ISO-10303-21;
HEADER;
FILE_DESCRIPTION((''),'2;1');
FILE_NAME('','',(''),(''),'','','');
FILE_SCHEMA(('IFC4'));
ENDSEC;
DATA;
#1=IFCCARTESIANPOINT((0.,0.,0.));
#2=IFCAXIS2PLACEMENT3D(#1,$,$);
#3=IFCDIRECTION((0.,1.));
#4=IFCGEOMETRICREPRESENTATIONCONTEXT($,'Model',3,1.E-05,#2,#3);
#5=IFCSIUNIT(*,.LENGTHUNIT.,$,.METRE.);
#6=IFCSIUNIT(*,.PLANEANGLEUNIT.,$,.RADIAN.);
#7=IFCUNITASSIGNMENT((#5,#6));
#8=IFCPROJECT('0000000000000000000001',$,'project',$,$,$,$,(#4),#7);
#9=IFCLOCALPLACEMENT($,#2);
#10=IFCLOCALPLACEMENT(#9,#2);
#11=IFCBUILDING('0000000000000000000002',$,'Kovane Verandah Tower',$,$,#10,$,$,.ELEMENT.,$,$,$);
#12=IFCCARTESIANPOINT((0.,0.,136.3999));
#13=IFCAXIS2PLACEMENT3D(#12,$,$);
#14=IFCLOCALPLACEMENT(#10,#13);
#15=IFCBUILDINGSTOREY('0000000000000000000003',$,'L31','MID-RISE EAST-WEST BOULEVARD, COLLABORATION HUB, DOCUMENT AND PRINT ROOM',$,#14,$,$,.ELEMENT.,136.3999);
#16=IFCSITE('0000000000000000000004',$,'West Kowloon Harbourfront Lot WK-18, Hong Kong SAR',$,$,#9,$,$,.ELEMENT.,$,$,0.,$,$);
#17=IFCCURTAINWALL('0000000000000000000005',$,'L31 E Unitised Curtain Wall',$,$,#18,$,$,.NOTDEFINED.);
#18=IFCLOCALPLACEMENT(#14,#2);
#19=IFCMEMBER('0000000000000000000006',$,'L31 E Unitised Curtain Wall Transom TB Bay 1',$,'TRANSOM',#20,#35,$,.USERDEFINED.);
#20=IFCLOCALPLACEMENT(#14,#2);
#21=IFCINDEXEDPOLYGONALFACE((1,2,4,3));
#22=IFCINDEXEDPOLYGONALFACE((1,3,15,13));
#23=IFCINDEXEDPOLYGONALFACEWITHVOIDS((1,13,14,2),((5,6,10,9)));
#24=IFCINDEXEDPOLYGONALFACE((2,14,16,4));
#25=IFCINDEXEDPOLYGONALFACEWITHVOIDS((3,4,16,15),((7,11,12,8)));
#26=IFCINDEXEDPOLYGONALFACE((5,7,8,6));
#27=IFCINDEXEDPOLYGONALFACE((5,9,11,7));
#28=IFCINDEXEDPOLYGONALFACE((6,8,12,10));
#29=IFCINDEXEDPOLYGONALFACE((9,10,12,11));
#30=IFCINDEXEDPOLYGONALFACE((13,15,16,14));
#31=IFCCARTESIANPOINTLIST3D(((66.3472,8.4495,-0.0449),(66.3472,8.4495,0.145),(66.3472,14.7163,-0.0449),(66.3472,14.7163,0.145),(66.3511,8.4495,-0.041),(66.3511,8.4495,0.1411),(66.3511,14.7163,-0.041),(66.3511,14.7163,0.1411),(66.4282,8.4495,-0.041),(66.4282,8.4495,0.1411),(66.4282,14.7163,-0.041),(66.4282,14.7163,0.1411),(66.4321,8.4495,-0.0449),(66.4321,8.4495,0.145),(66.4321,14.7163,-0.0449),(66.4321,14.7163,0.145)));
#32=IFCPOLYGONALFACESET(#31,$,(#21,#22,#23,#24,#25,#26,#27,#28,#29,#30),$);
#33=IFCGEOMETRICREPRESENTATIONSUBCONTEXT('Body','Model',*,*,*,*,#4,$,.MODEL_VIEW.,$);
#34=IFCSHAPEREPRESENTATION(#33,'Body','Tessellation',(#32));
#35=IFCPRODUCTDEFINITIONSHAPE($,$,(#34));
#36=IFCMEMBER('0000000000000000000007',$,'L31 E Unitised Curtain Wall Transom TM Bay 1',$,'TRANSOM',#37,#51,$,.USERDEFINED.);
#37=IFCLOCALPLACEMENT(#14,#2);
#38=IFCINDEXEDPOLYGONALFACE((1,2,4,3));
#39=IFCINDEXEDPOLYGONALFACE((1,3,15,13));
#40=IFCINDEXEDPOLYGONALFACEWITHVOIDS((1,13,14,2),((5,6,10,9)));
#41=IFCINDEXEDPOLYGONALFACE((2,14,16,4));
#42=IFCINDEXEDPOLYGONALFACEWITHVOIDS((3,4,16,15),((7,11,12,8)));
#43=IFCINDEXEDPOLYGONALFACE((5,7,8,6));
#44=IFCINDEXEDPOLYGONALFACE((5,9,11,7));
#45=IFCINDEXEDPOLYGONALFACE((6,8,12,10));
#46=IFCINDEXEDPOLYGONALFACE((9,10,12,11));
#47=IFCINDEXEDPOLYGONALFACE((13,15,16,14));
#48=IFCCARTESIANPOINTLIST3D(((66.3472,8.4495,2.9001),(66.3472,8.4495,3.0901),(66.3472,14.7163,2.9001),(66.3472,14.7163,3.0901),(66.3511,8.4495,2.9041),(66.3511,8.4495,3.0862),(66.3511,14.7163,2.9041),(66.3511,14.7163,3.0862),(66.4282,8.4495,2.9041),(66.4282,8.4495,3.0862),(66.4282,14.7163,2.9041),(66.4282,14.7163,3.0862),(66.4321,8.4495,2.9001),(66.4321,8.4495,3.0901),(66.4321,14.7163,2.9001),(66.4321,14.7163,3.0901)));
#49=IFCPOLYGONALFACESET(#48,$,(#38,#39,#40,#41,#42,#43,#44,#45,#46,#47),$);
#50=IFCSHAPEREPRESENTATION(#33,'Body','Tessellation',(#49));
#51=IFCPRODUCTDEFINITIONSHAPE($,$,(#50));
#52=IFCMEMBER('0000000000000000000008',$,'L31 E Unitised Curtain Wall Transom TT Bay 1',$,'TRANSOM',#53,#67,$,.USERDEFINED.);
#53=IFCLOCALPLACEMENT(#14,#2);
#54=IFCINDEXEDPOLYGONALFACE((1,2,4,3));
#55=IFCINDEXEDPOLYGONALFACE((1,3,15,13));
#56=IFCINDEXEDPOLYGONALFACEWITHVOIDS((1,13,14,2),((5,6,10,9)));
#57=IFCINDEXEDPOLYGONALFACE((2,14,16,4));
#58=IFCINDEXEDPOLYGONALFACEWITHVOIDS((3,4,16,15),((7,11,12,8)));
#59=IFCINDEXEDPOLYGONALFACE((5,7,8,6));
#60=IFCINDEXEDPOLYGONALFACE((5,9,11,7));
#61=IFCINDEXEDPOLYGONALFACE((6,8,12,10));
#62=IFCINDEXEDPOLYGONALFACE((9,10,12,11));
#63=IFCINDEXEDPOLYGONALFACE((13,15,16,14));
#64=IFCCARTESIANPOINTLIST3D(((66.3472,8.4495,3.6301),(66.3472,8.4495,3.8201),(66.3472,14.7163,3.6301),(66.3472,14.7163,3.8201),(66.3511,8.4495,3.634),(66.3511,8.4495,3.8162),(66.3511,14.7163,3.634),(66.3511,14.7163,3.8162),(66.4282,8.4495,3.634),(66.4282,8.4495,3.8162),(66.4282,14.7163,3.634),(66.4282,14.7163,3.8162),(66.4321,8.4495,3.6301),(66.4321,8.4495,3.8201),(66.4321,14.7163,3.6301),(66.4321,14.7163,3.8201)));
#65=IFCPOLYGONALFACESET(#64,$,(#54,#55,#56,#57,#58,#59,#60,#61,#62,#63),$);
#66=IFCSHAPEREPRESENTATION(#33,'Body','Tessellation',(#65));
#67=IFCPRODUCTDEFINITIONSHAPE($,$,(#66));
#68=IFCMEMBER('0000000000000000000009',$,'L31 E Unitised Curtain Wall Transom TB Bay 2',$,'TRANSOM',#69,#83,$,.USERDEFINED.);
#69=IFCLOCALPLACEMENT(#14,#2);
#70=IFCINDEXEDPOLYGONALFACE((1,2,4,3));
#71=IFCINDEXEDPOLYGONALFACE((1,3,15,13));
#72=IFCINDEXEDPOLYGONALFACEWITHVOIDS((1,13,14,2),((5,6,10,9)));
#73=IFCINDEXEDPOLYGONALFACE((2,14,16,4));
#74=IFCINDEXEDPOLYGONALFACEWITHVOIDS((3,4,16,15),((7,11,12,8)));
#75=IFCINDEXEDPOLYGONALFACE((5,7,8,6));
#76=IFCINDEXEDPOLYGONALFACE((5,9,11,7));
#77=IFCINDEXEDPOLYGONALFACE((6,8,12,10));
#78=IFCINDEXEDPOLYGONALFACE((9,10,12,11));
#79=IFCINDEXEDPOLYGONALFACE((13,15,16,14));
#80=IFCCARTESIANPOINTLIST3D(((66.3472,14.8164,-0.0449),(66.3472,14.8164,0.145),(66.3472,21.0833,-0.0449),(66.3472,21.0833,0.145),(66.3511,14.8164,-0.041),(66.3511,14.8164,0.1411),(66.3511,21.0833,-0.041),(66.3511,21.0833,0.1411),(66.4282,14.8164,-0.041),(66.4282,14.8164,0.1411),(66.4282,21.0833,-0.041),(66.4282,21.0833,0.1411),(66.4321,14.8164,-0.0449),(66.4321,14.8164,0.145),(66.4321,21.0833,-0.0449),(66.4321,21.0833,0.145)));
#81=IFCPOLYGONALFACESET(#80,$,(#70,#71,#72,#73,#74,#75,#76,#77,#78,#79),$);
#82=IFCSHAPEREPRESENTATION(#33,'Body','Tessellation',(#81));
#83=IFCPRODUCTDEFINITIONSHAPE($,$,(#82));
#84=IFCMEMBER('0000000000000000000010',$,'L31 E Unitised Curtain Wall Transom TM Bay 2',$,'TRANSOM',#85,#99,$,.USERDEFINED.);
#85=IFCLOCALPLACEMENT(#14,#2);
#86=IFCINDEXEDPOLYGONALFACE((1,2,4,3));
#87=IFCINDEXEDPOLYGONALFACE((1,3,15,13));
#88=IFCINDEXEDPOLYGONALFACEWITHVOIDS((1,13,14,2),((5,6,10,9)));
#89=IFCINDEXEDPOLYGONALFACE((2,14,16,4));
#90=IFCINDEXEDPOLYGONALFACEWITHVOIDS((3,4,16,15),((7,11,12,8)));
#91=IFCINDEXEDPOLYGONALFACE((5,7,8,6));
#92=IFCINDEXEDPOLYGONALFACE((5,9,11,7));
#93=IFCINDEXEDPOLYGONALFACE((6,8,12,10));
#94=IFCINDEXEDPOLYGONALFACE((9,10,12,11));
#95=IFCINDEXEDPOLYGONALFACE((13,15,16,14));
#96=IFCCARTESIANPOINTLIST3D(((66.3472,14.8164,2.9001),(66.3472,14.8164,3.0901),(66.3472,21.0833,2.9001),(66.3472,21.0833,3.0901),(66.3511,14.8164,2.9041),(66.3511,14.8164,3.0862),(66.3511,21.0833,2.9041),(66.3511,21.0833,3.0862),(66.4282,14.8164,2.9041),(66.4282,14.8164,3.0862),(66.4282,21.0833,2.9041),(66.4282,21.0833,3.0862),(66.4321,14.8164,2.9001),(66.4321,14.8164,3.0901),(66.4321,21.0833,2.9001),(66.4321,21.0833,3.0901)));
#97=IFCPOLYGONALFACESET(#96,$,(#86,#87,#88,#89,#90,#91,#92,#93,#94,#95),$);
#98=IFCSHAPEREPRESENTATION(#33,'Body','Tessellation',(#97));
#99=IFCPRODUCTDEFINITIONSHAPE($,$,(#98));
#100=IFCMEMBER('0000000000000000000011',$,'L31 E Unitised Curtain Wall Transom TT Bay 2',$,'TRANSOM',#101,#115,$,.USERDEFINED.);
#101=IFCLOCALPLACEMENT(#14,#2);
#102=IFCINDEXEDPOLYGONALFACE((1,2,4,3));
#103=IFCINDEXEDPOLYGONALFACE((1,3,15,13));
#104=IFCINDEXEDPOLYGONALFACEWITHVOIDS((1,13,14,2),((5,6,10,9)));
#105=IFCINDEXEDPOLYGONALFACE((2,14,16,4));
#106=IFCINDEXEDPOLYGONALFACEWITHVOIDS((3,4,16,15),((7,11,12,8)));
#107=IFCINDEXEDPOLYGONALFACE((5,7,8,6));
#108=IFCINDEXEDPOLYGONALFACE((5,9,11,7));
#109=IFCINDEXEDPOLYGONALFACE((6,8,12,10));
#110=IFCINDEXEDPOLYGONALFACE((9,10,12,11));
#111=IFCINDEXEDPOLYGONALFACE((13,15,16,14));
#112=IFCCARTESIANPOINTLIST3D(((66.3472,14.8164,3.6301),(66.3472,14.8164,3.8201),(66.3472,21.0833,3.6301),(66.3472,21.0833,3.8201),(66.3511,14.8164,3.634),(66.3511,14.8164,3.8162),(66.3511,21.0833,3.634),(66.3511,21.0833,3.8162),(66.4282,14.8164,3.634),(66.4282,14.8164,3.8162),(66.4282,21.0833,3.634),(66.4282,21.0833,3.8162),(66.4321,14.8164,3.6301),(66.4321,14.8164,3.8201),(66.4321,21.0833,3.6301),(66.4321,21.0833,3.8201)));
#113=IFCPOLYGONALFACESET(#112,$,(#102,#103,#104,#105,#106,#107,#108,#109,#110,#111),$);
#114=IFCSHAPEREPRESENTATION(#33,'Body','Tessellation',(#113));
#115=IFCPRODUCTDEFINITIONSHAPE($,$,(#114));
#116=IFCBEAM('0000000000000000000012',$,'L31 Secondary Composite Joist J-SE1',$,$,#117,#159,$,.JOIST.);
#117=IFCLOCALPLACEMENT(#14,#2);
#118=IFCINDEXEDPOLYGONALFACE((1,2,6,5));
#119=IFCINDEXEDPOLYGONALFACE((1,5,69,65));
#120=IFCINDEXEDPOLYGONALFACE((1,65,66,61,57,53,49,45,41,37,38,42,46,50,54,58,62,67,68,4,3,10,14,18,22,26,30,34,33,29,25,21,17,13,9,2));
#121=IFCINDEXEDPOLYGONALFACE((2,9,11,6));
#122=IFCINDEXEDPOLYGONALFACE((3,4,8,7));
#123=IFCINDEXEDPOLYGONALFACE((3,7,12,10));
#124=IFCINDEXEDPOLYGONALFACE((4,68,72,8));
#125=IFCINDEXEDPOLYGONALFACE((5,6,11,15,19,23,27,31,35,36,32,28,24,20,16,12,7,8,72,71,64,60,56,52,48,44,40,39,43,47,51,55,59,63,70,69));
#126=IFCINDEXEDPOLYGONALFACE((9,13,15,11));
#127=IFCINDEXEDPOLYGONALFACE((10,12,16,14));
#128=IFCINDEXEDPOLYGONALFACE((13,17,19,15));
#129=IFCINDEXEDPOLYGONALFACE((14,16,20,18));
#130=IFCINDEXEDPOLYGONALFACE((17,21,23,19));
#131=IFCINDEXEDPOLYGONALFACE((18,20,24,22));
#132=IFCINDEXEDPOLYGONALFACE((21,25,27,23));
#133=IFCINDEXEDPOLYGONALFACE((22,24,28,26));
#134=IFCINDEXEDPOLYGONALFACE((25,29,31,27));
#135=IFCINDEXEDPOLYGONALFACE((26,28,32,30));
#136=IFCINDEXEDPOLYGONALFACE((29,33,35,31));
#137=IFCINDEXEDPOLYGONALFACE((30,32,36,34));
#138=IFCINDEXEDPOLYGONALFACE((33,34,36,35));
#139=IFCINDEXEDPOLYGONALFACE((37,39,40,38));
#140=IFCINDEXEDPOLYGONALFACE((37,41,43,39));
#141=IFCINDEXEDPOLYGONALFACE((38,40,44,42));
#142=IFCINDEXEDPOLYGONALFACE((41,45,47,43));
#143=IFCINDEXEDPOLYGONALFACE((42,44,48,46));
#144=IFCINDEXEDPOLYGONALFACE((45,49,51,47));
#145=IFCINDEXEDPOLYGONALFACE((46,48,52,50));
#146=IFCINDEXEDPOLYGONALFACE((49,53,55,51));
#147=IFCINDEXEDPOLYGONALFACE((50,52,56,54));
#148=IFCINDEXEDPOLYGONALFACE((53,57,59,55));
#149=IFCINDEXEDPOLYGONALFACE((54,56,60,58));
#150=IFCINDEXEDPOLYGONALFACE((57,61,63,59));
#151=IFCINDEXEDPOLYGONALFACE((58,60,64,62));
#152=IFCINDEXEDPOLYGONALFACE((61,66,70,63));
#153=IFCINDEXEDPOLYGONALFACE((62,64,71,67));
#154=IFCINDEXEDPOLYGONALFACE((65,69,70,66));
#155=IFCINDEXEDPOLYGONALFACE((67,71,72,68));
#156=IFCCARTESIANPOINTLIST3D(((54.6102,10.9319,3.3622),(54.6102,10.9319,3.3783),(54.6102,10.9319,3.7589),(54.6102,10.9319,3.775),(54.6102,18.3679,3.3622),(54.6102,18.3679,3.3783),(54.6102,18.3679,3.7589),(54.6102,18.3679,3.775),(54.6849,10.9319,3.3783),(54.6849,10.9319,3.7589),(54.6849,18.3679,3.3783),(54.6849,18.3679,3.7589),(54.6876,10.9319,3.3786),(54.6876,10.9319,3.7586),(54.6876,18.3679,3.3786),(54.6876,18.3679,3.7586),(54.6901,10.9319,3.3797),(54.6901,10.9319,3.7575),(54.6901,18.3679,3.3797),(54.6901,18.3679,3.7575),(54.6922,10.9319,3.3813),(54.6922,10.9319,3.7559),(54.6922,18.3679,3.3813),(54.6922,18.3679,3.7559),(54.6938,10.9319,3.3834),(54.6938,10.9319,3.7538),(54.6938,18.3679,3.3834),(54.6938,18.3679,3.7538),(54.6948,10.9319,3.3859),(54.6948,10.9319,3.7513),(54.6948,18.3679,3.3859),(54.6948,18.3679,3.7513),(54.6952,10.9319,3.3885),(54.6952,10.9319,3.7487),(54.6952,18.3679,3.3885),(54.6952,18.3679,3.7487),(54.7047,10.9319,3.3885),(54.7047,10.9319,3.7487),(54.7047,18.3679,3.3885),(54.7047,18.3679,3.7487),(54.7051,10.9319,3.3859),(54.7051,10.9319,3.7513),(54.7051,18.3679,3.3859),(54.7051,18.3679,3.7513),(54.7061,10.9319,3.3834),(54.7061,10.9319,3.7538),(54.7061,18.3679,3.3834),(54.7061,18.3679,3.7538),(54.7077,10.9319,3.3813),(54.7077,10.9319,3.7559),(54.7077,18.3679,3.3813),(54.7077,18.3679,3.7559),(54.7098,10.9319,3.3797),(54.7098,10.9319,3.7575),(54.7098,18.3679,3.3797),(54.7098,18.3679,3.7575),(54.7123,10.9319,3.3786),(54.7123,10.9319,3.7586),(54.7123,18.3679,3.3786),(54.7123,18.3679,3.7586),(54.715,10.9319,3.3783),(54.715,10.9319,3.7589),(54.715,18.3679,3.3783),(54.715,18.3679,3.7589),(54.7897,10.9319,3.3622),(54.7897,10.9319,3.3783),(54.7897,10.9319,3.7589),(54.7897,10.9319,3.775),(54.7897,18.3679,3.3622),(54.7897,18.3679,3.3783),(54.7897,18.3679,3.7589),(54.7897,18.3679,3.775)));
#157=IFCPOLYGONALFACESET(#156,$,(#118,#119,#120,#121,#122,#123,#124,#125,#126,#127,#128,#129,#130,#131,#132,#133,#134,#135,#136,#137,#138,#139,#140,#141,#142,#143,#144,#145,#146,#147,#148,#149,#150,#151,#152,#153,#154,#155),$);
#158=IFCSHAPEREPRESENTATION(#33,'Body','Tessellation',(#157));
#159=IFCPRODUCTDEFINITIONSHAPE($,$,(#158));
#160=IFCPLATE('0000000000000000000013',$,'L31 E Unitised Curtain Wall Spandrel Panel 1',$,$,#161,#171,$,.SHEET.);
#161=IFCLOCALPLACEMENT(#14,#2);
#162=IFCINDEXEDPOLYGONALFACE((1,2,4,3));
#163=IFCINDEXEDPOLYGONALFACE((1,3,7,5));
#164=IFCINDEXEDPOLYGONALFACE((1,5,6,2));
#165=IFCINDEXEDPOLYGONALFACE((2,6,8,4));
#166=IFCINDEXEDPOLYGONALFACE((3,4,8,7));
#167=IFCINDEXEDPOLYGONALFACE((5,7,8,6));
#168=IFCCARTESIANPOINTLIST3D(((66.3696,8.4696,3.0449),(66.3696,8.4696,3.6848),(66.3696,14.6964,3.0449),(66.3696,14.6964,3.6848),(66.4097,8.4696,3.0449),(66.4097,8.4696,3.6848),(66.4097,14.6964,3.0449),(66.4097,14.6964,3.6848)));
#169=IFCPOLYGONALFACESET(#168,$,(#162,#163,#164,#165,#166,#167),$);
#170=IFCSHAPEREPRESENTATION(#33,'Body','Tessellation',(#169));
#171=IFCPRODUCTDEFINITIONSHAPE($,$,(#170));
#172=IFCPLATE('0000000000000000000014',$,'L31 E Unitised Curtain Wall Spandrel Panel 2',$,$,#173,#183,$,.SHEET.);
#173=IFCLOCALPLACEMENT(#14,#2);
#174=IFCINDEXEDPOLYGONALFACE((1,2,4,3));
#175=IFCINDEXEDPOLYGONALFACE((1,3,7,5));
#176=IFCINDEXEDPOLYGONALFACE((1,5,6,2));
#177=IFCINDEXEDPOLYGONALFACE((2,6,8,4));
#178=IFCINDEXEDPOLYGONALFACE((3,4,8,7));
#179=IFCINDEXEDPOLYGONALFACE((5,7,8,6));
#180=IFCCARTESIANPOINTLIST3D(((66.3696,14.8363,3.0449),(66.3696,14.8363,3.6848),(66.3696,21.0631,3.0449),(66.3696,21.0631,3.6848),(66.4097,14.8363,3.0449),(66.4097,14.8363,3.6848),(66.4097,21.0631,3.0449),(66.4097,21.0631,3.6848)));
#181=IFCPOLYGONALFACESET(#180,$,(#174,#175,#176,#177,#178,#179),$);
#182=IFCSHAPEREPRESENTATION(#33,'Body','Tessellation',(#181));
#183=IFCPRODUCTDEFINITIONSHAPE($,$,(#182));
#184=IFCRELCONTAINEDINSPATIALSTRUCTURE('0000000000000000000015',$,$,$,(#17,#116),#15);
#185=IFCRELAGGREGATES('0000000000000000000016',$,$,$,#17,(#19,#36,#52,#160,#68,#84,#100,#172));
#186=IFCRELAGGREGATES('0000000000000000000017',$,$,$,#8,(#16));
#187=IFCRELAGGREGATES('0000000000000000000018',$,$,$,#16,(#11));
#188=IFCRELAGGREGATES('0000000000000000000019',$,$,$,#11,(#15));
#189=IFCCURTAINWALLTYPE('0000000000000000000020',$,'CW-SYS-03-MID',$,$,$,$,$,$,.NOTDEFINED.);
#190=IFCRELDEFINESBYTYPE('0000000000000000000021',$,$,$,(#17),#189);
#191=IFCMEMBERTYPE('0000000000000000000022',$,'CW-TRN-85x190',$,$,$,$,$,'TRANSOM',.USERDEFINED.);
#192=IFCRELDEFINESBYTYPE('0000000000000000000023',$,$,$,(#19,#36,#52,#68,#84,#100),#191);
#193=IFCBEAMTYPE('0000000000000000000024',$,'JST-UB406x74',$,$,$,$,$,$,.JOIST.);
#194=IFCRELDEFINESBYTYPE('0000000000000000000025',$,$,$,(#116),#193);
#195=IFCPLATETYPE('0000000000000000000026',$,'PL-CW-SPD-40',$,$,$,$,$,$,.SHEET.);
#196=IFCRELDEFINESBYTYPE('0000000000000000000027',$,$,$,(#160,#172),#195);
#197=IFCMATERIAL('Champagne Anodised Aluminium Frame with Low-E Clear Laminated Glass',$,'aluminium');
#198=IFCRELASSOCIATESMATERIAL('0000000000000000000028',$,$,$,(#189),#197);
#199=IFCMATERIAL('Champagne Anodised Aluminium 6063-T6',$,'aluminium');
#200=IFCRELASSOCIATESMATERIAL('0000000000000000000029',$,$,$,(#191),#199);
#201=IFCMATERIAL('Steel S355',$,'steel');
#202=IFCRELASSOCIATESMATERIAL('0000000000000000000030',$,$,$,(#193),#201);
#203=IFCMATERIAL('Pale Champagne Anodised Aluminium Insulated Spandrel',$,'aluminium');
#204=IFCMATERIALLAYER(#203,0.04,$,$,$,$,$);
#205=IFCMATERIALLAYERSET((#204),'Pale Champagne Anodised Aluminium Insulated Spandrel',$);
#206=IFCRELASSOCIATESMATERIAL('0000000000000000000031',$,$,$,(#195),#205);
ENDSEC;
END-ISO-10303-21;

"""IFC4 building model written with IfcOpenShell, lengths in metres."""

from ifc_helpers import new_model, si_unit, direction, frame, origin, origin_2d, place, context, subcontext, project, spatial, rectangle, hollow_rectangle, i_section, extrude, material, layer, layer_set, material_profile, profile_set, type_object, element, aggregate, save


model = new_model("IFC4")

# Units and contexts
model_context = context("Model", 3, precision=1e-05, world=origin(), true_north=direction((0.0, 1.0)))
body_context = subcontext(model_context, "Body", "Model", "MODEL_VIEW")
ifc_project = project(units=[si_unit("LENGTHUNIT", "METRE"), si_unit("PLANEANGLEUNIT", "RADIAN")], contexts=[model_context])

# Site, building, storey
site_placement = place(None, origin())
site = spatial("IfcSite", under=ifc_project, at=site_placement, Name="West Kowloon Harbourfront Lot WK-18, Hong Kong SAR", CompositionType="ELEMENT", RefElevation=0.0)
building_placement = place(site_placement, origin())
building = spatial("IfcBuilding", under=site, at=building_placement, Name="Kovane Verandah Tower", CompositionType="ELEMENT")
storey_placement = place(building_placement, frame((0.0, 0.0, 136.3999)))
storey = spatial("IfcBuildingStorey", under=building, at=storey_placement, Name="L31", Description="MID-RISE EAST-WEST BOULEVARD, COLLABORATION HUB, DOCUMENT AND PRINT ROOM", CompositionType="ELEMENT", Elevation=136.3999)

# Shared definitions
ifc_material_1 = material(Name="Steel S355", Category="steel")

# Curtain wall, members
ifc_material_2 = material(Name="Champagne Anodised Aluminium Frame with Low-E Clear Laminated Glass", Category="aluminium")
curtain_wall_type = type_object("IfcCurtainWallType", Name="CW-SYS-03-MID", PredefinedType="NOTDEFINED", material=ifc_material_2)
curtain_wall_placement = place(storey_placement, origin())
curtain_wall = element("IfcCurtainWall", 1, at=curtain_wall_placement, inside=storey, type_object=curtain_wall_type, Name="L31 E Unitised Curtain Wall", PredefinedType="NOTDEFINED")
ifc_material_3 = material(Name="Champagne Anodised Aluminium 6063-T6", Category="aluminium")
ifc_material_profile_1 = material_profile(ifc_material_3, hollow_rectangle(XDim=0.085, YDim=0.1899, WallThickness=0.0039, at=origin_2d()), Name="AL85x190x4")
ifc_profile_set_1 = profile_set([ifc_material_profile_1], Name="Champagne Anodised Aluminium 6063-T6")
member_type_1 = type_object("IfcMemberType", Name="CW-TRN-85x190", ElementType="TRANSOM", PredefinedType="USERDEFINED", material=ifc_profile_set_1)
member_1_placement = place(storey_placement, frame((66.3896, 8.4495, 0.05), z_axis=(0.0, 1.0, 0.0), x_axis=(-1.0, 0.0, 0.0)))
member_1 = element("IfcMember", 2, at=member_1_placement, type_object=member_type_1, Name="L31 E Unitised Curtain Wall Transom TB Bay 1", ObjectType="TRANSOM", PredefinedType="USERDEFINED", context=body_context, shape_type="SweptSolid", body=[
    extrude(hollow_rectangle(XDim=0.085, YDim=0.1899, WallThickness=0.0039, at=origin_2d()), origin(), (0.0, 0.0, 1.0), 6.2668),
])
member_2_placement = place(storey_placement, frame((66.3896, 8.4495, 2.9951), z_axis=(0.0, 1.0, 0.0), x_axis=(-1.0, 0.0, 0.0)))
member_2 = element("IfcMember", 3, at=member_2_placement, type_object=member_type_1, Name="L31 E Unitised Curtain Wall Transom TM Bay 1", ObjectType="TRANSOM", PredefinedType="USERDEFINED", context=body_context, shape_type="SweptSolid", body=[
    extrude(hollow_rectangle(XDim=0.085, YDim=0.1899, WallThickness=0.0039, at=origin_2d()), origin(), (0.0, 0.0, 1.0), 6.2668),
])
member_3_placement = place(storey_placement, frame((66.3896, 8.4495, 3.7251), z_axis=(0.0, 1.0, 0.0), x_axis=(-1.0, 0.0, 0.0)))
member_3 = element("IfcMember", 4, at=member_3_placement, type_object=member_type_1, Name="L31 E Unitised Curtain Wall Transom TT Bay 1", ObjectType="TRANSOM", PredefinedType="USERDEFINED", context=body_context, shape_type="SweptSolid", body=[
    extrude(hollow_rectangle(XDim=0.085, YDim=0.1899, WallThickness=0.0039, at=origin_2d()), origin(), (0.0, 0.0, 1.0), 6.2668),
])
member_4_placement = place(storey_placement, frame((66.3896, 14.8164, 0.05), z_axis=(0.0, 1.0, 0.0), x_axis=(-1.0, 0.0, 0.0)))
member_4 = element("IfcMember", 5, at=member_4_placement, type_object=member_type_1, Name="L31 E Unitised Curtain Wall Transom TB Bay 2", ObjectType="TRANSOM", PredefinedType="USERDEFINED", context=body_context, shape_type="SweptSolid", body=[
    extrude(hollow_rectangle(XDim=0.085, YDim=0.1899, WallThickness=0.0039, at=origin_2d()), origin(), (0.0, 0.0, 1.0), 6.2668),
])
member_5_placement = place(storey_placement, frame((66.3896, 14.8164, 2.9951), z_axis=(0.0, 1.0, 0.0), x_axis=(-1.0, 0.0, 0.0)))
member_5 = element("IfcMember", 6, at=member_5_placement, type_object=member_type_1, Name="L31 E Unitised Curtain Wall Transom TM Bay 2", ObjectType="TRANSOM", PredefinedType="USERDEFINED", context=body_context, shape_type="SweptSolid", body=[
    extrude(hollow_rectangle(XDim=0.085, YDim=0.1899, WallThickness=0.0039, at=origin_2d()), origin(), (0.0, 0.0, 1.0), 6.2668),
])
member_6_placement = place(storey_placement, frame((66.3896, 14.8164, 3.7251), z_axis=(0.0, 1.0, 0.0), x_axis=(-1.0, 0.0, 0.0)))
member_6 = element("IfcMember", 7, at=member_6_placement, type_object=member_type_1, Name="L31 E Unitised Curtain Wall Transom TT Bay 2", ObjectType="TRANSOM", PredefinedType="USERDEFINED", context=body_context, shape_type="SweptSolid", body=[
    extrude(hollow_rectangle(XDim=0.085, YDim=0.1899, WallThickness=0.0039, at=origin_2d()), origin(), (0.0, 0.0, 1.0), 6.2668),
])

# Beam
ifc_material_profile_2 = material_profile(ifc_material_1, i_section(OverallWidth=0.1794, OverallDepth=0.4128, WebThickness=0.0095, FlangeThickness=0.0161, FilletRadius=0.0103, at=origin_2d()), Name="UB406x178x74")
ifc_profile_set_2 = profile_set([ifc_material_profile_2], Name="Steel S355")
beam_type_1 = type_object("IfcBeamType", Name="JST-UB406x74", PredefinedType="JOIST", material=ifc_profile_set_2)
beam_1_placement = place(storey_placement, frame((54.7, 10.9319, 3.5686), z_axis=(0.0, 1.0, 0.0), x_axis=(-1.0, 0.0, 0.0)))
element("IfcBeam", 8, at=beam_1_placement, inside=storey, type_object=beam_type_1, Name="L31 Secondary Composite Joist J-SE1", PredefinedType="JOIST", context=body_context, shape_type="SweptSolid", body=[
    extrude(i_section(OverallWidth=0.1794, OverallDepth=0.4128, WebThickness=0.0095, FlangeThickness=0.0161, FilletRadius=0.0103, at=origin_2d()), origin(), (0.0, 0.0, 1.0), 7.436),
])

# Plates
ifc_material_4 = material(Name="Pale Champagne Anodised Aluminium Insulated Spandrel", Category="aluminium")
ifc_layer_1 = layer(ifc_material_4, 0.04)
ifc_layer_set_1 = layer_set([ifc_layer_1], Name="Pale Champagne Anodised Aluminium Insulated Spandrel")
plate_type_1 = type_object("IfcPlateType", Name="PL-CW-SPD-40", PredefinedType="SHEET", material=ifc_layer_set_1)
plate_1_placement = place(storey_placement, frame((66.3896, 11.583, 3.0449), z_axis=(0.0, 0.0, 1.0), x_axis=(0.0, 1.0, 0.0)))
plate_1 = element("IfcPlate", 9, at=plate_1_placement, type_object=plate_type_1, Name="L31 E Unitised Curtain Wall Spandrel Panel 1", PredefinedType="SHEET", context=body_context, shape_type="SweptSolid", body=[
    extrude(rectangle(XDim=6.2268, YDim=0.04, at=origin_2d()), origin(), (0.0, 0.0, 1.0), 0.6399),
])
plate_2_placement = place(storey_placement, frame((66.3896, 17.9497, 3.0449), z_axis=(0.0, 0.0, 1.0), x_axis=(0.0, 1.0, 0.0)))
plate_2 = element("IfcPlate", 10, at=plate_2_placement, type_object=plate_type_1, Name="L31 E Unitised Curtain Wall Spandrel Panel 2", PredefinedType="SHEET", context=body_context, shape_type="SweptSolid", body=[
    extrude(rectangle(XDim=6.2268, YDim=0.04, at=origin_2d()), origin(), (0.0, 0.0, 1.0), 0.6399),
])
aggregate(curtain_wall, [member_1, member_2, member_3, plate_1, member_4, member_5, member_6, plate_2])

save(model, "model.ifc")
